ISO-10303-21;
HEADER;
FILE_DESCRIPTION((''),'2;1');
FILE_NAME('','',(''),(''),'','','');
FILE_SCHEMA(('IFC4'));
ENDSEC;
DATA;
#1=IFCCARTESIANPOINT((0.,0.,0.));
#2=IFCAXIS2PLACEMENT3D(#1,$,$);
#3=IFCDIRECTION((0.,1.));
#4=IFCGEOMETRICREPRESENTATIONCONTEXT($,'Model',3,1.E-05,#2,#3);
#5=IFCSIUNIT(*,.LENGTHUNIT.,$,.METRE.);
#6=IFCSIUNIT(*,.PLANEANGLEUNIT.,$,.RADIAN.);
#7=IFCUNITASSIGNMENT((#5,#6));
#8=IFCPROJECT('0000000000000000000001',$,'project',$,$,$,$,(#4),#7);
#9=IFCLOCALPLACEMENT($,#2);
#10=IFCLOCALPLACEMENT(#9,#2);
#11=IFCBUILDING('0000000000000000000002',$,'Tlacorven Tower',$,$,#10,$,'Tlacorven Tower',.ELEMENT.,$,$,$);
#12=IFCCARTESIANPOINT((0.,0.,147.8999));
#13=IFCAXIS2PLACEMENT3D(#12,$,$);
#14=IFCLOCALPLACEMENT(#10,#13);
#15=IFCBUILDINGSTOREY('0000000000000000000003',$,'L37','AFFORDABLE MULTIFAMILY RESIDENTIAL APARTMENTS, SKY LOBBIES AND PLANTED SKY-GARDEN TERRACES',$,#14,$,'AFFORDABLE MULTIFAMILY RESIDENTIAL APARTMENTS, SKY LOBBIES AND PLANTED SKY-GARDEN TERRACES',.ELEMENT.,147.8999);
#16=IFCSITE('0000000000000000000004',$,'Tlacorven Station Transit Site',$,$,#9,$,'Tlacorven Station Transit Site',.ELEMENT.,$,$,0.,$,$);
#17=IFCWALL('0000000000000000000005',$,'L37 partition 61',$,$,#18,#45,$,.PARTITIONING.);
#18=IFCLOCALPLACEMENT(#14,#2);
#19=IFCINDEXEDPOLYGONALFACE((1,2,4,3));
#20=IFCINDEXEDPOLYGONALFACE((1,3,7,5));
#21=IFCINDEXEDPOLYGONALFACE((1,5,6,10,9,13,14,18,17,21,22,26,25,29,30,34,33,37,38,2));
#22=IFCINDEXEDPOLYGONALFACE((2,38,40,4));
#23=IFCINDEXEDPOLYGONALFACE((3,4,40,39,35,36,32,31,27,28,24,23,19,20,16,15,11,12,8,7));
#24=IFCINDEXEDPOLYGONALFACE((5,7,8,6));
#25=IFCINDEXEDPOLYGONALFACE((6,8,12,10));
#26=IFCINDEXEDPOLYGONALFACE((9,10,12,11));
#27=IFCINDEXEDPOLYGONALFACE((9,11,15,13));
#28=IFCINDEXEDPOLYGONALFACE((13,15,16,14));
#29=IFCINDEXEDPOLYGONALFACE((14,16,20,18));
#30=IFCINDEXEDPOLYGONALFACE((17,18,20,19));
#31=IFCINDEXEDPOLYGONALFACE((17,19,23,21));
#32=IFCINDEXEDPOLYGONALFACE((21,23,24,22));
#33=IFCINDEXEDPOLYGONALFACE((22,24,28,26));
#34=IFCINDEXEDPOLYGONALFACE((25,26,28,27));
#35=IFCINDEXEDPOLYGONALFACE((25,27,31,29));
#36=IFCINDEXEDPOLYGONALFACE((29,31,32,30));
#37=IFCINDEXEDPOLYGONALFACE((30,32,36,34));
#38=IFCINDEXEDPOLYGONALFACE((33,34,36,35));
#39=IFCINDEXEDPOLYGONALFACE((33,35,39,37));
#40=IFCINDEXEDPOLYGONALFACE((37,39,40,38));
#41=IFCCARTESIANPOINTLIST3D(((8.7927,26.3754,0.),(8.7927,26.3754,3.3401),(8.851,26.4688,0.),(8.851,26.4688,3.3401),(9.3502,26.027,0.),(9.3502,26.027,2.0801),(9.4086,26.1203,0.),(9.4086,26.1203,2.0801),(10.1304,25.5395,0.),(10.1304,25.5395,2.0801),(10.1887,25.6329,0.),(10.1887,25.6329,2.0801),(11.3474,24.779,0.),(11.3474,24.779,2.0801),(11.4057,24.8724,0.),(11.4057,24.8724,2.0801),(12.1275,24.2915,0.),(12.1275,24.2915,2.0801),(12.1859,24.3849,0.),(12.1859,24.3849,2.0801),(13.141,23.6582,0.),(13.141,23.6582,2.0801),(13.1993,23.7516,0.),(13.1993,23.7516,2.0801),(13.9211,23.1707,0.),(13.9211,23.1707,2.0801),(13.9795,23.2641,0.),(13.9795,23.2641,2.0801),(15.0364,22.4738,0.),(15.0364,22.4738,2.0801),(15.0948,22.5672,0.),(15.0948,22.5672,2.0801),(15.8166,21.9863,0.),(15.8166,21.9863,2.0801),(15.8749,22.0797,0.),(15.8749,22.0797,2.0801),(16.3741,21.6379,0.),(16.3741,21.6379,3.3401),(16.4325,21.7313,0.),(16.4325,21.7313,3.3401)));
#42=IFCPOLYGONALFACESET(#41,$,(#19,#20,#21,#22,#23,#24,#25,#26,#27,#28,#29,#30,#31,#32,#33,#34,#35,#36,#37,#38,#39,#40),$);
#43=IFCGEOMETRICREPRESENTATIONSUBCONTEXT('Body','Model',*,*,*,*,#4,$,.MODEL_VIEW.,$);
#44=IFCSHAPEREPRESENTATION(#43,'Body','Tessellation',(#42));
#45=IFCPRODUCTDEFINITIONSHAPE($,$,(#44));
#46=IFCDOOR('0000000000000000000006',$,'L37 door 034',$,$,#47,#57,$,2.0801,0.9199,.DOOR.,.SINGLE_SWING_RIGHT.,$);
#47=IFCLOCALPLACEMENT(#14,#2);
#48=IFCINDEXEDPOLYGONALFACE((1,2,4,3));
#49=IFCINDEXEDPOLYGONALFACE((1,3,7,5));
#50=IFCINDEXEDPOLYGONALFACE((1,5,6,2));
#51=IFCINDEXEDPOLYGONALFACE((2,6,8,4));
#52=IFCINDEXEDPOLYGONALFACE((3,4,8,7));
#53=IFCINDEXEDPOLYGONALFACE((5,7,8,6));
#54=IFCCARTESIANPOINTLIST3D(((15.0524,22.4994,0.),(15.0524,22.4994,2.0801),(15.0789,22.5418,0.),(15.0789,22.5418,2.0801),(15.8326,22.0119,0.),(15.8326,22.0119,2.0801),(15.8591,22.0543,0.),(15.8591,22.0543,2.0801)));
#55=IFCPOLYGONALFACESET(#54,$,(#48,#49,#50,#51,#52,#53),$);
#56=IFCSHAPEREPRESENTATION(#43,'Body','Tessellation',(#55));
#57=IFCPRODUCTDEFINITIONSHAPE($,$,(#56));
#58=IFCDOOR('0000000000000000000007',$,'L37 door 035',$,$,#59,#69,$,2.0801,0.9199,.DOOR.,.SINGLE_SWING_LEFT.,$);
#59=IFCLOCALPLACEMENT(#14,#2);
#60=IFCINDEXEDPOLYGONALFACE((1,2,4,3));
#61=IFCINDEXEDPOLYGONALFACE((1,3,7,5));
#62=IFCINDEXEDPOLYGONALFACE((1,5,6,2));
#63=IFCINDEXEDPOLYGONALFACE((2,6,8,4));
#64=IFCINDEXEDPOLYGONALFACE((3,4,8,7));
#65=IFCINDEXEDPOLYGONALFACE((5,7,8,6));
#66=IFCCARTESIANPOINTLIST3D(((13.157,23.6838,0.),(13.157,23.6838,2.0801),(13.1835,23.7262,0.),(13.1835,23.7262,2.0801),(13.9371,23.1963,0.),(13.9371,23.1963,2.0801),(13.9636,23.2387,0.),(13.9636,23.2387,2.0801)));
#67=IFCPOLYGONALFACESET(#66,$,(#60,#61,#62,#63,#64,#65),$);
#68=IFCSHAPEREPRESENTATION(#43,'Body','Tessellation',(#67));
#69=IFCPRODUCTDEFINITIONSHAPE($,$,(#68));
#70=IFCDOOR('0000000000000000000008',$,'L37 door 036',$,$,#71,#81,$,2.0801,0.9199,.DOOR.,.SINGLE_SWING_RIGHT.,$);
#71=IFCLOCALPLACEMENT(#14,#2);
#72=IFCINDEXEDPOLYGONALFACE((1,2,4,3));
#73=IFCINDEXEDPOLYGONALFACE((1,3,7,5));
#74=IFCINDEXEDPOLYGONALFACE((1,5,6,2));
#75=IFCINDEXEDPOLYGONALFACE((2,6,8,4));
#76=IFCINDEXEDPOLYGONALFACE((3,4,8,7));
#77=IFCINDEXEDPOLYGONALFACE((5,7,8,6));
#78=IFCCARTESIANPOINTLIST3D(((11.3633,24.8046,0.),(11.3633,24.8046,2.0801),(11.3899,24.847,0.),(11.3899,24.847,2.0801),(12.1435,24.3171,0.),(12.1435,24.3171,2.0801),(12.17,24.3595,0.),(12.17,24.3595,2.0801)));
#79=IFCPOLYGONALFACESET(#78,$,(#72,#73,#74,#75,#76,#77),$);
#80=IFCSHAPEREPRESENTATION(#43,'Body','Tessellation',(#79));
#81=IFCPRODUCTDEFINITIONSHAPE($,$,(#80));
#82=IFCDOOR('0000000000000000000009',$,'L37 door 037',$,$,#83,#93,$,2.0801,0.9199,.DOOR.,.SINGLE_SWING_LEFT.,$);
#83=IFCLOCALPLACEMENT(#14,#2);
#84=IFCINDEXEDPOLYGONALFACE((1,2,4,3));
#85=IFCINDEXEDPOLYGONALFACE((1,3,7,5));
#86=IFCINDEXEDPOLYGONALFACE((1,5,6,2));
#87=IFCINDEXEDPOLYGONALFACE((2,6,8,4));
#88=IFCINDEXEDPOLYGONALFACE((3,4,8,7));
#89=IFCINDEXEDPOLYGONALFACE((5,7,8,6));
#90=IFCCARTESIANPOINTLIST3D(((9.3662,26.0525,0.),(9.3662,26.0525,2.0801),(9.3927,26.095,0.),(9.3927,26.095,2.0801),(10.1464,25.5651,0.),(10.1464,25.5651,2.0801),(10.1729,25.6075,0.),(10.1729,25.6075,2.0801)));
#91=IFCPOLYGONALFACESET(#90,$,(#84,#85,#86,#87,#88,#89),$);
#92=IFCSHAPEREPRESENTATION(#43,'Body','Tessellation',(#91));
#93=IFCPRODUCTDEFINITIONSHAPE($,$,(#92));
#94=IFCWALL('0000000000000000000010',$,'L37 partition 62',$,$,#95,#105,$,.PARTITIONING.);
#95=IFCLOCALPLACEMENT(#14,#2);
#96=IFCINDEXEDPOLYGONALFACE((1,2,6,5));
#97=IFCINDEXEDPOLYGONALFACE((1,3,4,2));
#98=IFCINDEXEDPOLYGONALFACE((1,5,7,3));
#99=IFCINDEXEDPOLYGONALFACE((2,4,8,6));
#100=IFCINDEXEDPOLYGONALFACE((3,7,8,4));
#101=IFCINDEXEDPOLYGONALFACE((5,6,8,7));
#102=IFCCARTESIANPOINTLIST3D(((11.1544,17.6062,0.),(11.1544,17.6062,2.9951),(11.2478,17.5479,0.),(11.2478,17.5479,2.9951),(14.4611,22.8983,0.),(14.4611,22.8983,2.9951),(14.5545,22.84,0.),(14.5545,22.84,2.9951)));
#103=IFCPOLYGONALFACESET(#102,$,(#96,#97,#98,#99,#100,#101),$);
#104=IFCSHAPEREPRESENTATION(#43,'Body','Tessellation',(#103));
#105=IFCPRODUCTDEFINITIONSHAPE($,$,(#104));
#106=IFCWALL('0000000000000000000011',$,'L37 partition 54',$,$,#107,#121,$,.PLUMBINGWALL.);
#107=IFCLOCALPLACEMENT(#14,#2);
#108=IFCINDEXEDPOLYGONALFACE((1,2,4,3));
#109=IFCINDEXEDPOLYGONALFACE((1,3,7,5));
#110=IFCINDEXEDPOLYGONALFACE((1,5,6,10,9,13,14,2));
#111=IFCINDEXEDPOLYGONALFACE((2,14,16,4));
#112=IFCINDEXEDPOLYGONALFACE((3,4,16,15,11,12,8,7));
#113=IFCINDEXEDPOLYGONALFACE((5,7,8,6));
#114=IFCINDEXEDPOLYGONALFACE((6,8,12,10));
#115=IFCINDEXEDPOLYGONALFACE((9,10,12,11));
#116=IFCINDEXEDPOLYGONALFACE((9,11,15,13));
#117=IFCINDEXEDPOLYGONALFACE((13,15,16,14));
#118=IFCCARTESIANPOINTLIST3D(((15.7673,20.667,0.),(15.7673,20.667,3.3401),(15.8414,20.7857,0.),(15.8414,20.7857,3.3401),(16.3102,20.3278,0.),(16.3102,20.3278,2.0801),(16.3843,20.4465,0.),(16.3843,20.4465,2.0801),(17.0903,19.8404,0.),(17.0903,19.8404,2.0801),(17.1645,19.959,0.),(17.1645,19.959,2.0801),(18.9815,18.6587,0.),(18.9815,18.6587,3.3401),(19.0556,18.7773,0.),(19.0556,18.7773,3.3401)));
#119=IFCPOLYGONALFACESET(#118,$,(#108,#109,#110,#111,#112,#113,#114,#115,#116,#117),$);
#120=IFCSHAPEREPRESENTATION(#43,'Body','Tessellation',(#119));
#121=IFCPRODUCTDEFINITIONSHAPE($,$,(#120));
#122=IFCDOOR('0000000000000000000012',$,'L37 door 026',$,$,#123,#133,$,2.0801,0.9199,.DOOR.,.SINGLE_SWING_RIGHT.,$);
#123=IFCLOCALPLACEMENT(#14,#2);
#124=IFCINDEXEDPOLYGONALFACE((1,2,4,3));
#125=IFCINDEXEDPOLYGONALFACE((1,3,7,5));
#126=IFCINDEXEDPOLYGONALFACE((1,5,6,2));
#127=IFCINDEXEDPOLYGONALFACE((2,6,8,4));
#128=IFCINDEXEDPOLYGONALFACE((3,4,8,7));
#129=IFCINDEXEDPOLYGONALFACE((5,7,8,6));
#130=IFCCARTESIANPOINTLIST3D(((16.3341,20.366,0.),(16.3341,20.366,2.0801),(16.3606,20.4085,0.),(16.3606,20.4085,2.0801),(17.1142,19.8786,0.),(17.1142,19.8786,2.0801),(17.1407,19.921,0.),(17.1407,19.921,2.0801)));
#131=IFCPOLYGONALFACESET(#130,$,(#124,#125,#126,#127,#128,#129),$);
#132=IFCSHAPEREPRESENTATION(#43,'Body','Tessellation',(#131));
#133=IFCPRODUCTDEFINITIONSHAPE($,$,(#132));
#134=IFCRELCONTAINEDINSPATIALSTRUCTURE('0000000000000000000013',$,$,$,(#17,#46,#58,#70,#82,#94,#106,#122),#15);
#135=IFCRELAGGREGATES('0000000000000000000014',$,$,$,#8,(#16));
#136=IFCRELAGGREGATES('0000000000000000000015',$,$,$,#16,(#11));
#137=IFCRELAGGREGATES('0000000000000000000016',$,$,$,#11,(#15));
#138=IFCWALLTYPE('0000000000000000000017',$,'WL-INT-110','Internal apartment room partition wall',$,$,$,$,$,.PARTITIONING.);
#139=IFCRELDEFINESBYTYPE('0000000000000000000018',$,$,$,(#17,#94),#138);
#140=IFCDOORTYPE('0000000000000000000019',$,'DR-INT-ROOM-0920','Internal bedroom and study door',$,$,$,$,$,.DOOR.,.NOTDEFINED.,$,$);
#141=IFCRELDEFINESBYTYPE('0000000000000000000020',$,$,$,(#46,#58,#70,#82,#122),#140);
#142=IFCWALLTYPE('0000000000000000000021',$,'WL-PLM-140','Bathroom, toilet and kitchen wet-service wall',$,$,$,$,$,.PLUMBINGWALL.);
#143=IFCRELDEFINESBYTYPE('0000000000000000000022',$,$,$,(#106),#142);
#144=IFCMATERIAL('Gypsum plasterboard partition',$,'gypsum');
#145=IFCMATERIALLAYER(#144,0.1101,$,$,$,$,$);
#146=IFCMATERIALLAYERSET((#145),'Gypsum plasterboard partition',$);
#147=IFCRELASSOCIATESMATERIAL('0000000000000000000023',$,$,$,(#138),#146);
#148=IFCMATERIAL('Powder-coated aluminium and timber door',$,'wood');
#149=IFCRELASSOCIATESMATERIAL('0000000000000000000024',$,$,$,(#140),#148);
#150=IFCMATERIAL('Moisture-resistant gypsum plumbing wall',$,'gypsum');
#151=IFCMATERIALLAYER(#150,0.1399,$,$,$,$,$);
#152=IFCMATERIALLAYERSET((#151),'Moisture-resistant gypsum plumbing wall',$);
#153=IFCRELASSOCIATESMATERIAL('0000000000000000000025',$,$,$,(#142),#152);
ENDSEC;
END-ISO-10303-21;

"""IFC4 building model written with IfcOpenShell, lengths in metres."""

from ifc_helpers import new_model, si_unit, direction, frame, frame_2d, origin, place, context, subcontext, project, spatial, rectangle, extrude, source, transform, mapped, material, layer, layer_set, type_object, element, fill, save


model = new_model("IFC4")

# Units and contexts
model_context = context("Model", 3, precision=1e-05, world=origin(), true_north=direction((0.0, 1.0)))
body_context = subcontext(model_context, "Body", "Model", "MODEL_VIEW")
ifc_project = project(units=[si_unit("LENGTHUNIT", "METRE"), si_unit("PLANEANGLEUNIT", "RADIAN")], contexts=[model_context])

# Site, building, storey
site_placement = place(None, origin())
site = spatial("IfcSite", under=ifc_project, at=site_placement, Name="Tlacorven Station Transit Site", LongName="Tlacorven Station Transit Site", CompositionType="ELEMENT", RefElevation=0.0)
building_placement = place(site_placement, origin())
building = spatial("IfcBuilding", under=site, at=building_placement, Name="Tlacorven Tower", LongName="Tlacorven Tower", CompositionType="ELEMENT")
storey_placement = place(building_placement, frame((0.0, 0.0, 147.8999)))
storey = spatial("IfcBuildingStorey", under=building, at=storey_placement, Name="L37", Description="AFFORDABLE MULTIFAMILY RESIDENTIAL APARTMENTS, SKY LOBBIES AND PLANTED SKY-GARDEN TERRACES", LongName="AFFORDABLE MULTIFAMILY RESIDENTIAL APARTMENTS, SKY LOBBIES AND PLANTED SKY-GARDEN TERRACES", CompositionType="ELEMENT", Elevation=147.8999)

# Wall, openings, doors
ifc_material_1 = material(Name="Gypsum plasterboard partition", Category="gypsum")
ifc_layer_1 = layer(ifc_material_1, 0.1101)
ifc_layer_set_1 = layer_set([ifc_layer_1], Name="Gypsum plasterboard partition")
wall_type_1 = type_object("IfcWallType", Name="WL-INT-110", Description="Internal apartment room partition wall", PredefinedType="PARTITIONING", material=ifc_layer_set_1)
wall_1_placement = place(storey_placement, frame((16.4033, 21.6846, 0.0), z_axis=(0.0, 0.0, 1.0), x_axis=(-0.848044, 0.529925, 0.0)))
wall_1 = element("IfcWall", 1, at=wall_1_placement, inside=storey, type_object=wall_type_1, Name="L37 partition 61", PredefinedType="PARTITIONING", context=body_context, shape_type="SweptSolid", body=[
    extrude(rectangle(XDim=8.9399, YDim=0.1101, at=frame_2d((4.47, 0.0))), origin(), (0.0, 0.0, 1.0), 3.3401),
])
opening_1_placement = place(wall_1_placement, frame((0.6575, 0.0, 0.0)))
opening_1 = element("IfcOpeningElement", 2, at=opening_1_placement, cuts=wall_1, PredefinedType="OPENING", context=body_context, shape_type="SweptSolid", body=[
    extrude(rectangle(XDim=0.9199, YDim=2.0801, at=frame_2d((0.46, 1.04))), frame((0.0, 0.0649, 0.0), z_axis=(0.0, -1.0, 0.0), x_axis=(1.0, 0.0, 0.0)), (0.0, 0.0, 1.0), 0.1301),
])
opening_2_placement = place(wall_1_placement, frame((2.8926, 0.0, 0.0)))
opening_2 = element("IfcOpeningElement", 3, at=opening_2_placement, cuts=wall_1, PredefinedType="OPENING", context=body_context, shape_type="SweptSolid", body=[
    extrude(rectangle(XDim=0.9199, YDim=2.0801, at=frame_2d((0.46, 1.04))), frame((0.0, 0.0649, 0.0), z_axis=(0.0, -1.0, 0.0), x_axis=(1.0, 0.0, 0.0)), (0.0, 0.0, 1.0), 0.1301),
])
opening_3_placement = place(wall_1_placement, frame((5.0076, 0.0, 0.0)))
opening_3 = element("IfcOpeningElement", 4, at=opening_3_placement, cuts=wall_1, PredefinedType="OPENING", context=body_context, shape_type="SweptSolid", body=[
    extrude(rectangle(XDim=0.9199, YDim=2.0801, at=frame_2d((0.46, 1.04))), frame((0.0, 0.0649, 0.0), z_axis=(0.0, -1.0, 0.0), x_axis=(1.0, 0.0, 0.0)), (0.0, 0.0, 1.0), 0.1301),
])
opening_4_placement = place(wall_1_placement, frame((7.3625, 0.0, 0.0)))
opening_4 = element("IfcOpeningElement", 5, at=opening_4_placement, cuts=wall_1, PredefinedType="OPENING", context=body_context, shape_type="SweptSolid", body=[
    extrude(rectangle(XDim=0.9199, YDim=2.0801, at=frame_2d((0.46, 1.04))), frame((0.0, 0.0649, 0.0), z_axis=(0.0, -1.0, 0.0), x_axis=(1.0, 0.0, 0.0)), (0.0, 0.0, 1.0), 0.1301),
])
ifc_material_2 = material(Name="Powder-coated aluminium and timber door", Category="wood")
door_type_1 = type_object("IfcDoorType", Name="DR-INT-ROOM-0920", Description="Internal bedroom and study door", OperationType="NOTDEFINED", PredefinedType="DOOR", material=ifc_material_2)
shared_shape_1 = source(origin(), body_context, "Body", "SweptSolid", [
    extrude(rectangle(XDim=0.9199, YDim=2.0801, at=frame_2d((0.46, 1.04))), frame((0.0, 0.0249, 0.0), z_axis=(0.0, -1.0, 0.0), x_axis=(1.0, 0.0, 0.0)), (0.0, 0.0, 1.0), 0.05),
])
door_1_placement = place(opening_1_placement, origin())
door_1 = element("IfcDoor", 6, at=door_1_placement, inside=storey, type_object=door_type_1, Name="L37 door 034", OperationType="SINGLE_SWING_RIGHT", OverallHeight=2.0801, OverallWidth=0.9199, PredefinedType="DOOR", context=body_context, shape_type="MappedRepresentation", body=[
    mapped(shared_shape_1, transform((0.0, 0.0, 0.0), scale=1.0)),
])
fill(opening_1, door_1)
door_2_placement = place(opening_2_placement, origin())
door_2 = element("IfcDoor", 7, at=door_2_placement, inside=storey, type_object=door_type_1, Name="L37 door 035", OperationType="SINGLE_SWING_LEFT", OverallHeight=2.0801, OverallWidth=0.9199, PredefinedType="DOOR", context=body_context, shape_type="MappedRepresentation", body=[
    mapped(shared_shape_1, transform((0.0, 0.0, 0.0), scale=1.0)),
])
fill(opening_2, door_2)
door_3_placement = place(opening_3_placement, origin())
door_3 = element("IfcDoor", 8, at=door_3_placement, inside=storey, type_object=door_type_1, Name="L37 door 036", OperationType="SINGLE_SWING_RIGHT", OverallHeight=2.0801, OverallWidth=0.9199, PredefinedType="DOOR", context=body_context, shape_type="MappedRepresentation", body=[
    mapped(shared_shape_1, transform((0.0, 0.0, 0.0), scale=1.0)),
])
fill(opening_3, door_3)
door_4_placement = place(opening_4_placement, origin())
door_4 = element("IfcDoor", 9, at=door_4_placement, inside=storey, type_object=door_type_1, Name="L37 door 037", OperationType="SINGLE_SWING_LEFT", OverallHeight=2.0801, OverallWidth=0.9199, PredefinedType="DOOR", context=body_context, shape_type="MappedRepresentation", body=[
    mapped(shared_shape_1, transform((0.0, 0.0, 0.0), scale=1.0)),
])
fill(opening_4, door_4)

# Wall
wall_2_placement = place(storey_placement, frame((14.5078, 22.8691, 0.0), z_axis=(0.0, 0.0, 1.0), x_axis=(-0.5299, -0.84806, 0.0)))
element("IfcWall", 10, at=wall_2_placement, inside=storey, type_object=wall_type_1, Name="L37 partition 62", PredefinedType="PARTITIONING", context=body_context, shape_type="SweptSolid", body=[
    extrude(rectangle(XDim=6.2402, YDim=0.1101, at=frame_2d((3.1201, 0.0))), origin(), (0.0, 0.0, 1.0), 2.9951),
])

# Wall, opening, door
ifc_material_3 = material(Name="Moisture-resistant gypsum plumbing wall", Category="gypsum")
ifc_layer_2 = layer(ifc_material_3, 0.1399)
ifc_layer_set_2 = layer_set([ifc_layer_2], Name="Moisture-resistant gypsum plumbing wall")
wall_type_2 = type_object("IfcWallType", Name="WL-PLM-140", Description="Bathroom, toilet and kitchen wet-service wall", PredefinedType="PLUMBINGWALL", material=ifc_layer_set_2)
wall_3_placement = place(storey_placement, frame((19.0186, 18.718, 0.0), z_axis=(0.0, 0.0, 1.0), x_axis=(-0.84806, 0.529901, 0.0)))
wall_3 = element("IfcWall", 11, at=wall_3_placement, inside=storey, type_object=wall_type_2, Name="L37 partition 54", PredefinedType="PLUMBINGWALL", context=body_context, shape_type="SweptSolid", body=[
    extrude(rectangle(XDim=3.79, YDim=0.1399, at=frame_2d((1.895, 0.0))), origin(), (0.0, 0.0, 1.0), 3.3401),
])
opening_5_placement = place(wall_3_placement, frame((2.23, 0.0, 0.0)))
opening_5 = element("IfcOpeningElement", 12, at=opening_5_placement, cuts=wall_3, PredefinedType="OPENING", context=body_context, shape_type="SweptSolid", body=[
    extrude(rectangle(XDim=0.9199, YDim=2.0801, at=frame_2d((0.46, 1.04))), frame((0.0, 0.0801, 0.0), z_axis=(0.0, -1.0, 0.0), x_axis=(1.0, 0.0, 0.0)), (0.0, 0.0, 1.0), 0.1599),
])
door_5_placement = place(opening_5_placement, origin())
door_5 = element("IfcDoor", 13, at=door_5_placement, inside=storey, type_object=door_type_1, Name="L37 door 026", OperationType="SINGLE_SWING_RIGHT", OverallHeight=2.0801, OverallWidth=0.9199, PredefinedType="DOOR", context=body_context, shape_type="MappedRepresentation", body=[
    mapped(shared_shape_1, transform((0.0, 0.0, 0.0), scale=1.0)),
])
fill(opening_5, door_5)

save(model, "model.ifc")
